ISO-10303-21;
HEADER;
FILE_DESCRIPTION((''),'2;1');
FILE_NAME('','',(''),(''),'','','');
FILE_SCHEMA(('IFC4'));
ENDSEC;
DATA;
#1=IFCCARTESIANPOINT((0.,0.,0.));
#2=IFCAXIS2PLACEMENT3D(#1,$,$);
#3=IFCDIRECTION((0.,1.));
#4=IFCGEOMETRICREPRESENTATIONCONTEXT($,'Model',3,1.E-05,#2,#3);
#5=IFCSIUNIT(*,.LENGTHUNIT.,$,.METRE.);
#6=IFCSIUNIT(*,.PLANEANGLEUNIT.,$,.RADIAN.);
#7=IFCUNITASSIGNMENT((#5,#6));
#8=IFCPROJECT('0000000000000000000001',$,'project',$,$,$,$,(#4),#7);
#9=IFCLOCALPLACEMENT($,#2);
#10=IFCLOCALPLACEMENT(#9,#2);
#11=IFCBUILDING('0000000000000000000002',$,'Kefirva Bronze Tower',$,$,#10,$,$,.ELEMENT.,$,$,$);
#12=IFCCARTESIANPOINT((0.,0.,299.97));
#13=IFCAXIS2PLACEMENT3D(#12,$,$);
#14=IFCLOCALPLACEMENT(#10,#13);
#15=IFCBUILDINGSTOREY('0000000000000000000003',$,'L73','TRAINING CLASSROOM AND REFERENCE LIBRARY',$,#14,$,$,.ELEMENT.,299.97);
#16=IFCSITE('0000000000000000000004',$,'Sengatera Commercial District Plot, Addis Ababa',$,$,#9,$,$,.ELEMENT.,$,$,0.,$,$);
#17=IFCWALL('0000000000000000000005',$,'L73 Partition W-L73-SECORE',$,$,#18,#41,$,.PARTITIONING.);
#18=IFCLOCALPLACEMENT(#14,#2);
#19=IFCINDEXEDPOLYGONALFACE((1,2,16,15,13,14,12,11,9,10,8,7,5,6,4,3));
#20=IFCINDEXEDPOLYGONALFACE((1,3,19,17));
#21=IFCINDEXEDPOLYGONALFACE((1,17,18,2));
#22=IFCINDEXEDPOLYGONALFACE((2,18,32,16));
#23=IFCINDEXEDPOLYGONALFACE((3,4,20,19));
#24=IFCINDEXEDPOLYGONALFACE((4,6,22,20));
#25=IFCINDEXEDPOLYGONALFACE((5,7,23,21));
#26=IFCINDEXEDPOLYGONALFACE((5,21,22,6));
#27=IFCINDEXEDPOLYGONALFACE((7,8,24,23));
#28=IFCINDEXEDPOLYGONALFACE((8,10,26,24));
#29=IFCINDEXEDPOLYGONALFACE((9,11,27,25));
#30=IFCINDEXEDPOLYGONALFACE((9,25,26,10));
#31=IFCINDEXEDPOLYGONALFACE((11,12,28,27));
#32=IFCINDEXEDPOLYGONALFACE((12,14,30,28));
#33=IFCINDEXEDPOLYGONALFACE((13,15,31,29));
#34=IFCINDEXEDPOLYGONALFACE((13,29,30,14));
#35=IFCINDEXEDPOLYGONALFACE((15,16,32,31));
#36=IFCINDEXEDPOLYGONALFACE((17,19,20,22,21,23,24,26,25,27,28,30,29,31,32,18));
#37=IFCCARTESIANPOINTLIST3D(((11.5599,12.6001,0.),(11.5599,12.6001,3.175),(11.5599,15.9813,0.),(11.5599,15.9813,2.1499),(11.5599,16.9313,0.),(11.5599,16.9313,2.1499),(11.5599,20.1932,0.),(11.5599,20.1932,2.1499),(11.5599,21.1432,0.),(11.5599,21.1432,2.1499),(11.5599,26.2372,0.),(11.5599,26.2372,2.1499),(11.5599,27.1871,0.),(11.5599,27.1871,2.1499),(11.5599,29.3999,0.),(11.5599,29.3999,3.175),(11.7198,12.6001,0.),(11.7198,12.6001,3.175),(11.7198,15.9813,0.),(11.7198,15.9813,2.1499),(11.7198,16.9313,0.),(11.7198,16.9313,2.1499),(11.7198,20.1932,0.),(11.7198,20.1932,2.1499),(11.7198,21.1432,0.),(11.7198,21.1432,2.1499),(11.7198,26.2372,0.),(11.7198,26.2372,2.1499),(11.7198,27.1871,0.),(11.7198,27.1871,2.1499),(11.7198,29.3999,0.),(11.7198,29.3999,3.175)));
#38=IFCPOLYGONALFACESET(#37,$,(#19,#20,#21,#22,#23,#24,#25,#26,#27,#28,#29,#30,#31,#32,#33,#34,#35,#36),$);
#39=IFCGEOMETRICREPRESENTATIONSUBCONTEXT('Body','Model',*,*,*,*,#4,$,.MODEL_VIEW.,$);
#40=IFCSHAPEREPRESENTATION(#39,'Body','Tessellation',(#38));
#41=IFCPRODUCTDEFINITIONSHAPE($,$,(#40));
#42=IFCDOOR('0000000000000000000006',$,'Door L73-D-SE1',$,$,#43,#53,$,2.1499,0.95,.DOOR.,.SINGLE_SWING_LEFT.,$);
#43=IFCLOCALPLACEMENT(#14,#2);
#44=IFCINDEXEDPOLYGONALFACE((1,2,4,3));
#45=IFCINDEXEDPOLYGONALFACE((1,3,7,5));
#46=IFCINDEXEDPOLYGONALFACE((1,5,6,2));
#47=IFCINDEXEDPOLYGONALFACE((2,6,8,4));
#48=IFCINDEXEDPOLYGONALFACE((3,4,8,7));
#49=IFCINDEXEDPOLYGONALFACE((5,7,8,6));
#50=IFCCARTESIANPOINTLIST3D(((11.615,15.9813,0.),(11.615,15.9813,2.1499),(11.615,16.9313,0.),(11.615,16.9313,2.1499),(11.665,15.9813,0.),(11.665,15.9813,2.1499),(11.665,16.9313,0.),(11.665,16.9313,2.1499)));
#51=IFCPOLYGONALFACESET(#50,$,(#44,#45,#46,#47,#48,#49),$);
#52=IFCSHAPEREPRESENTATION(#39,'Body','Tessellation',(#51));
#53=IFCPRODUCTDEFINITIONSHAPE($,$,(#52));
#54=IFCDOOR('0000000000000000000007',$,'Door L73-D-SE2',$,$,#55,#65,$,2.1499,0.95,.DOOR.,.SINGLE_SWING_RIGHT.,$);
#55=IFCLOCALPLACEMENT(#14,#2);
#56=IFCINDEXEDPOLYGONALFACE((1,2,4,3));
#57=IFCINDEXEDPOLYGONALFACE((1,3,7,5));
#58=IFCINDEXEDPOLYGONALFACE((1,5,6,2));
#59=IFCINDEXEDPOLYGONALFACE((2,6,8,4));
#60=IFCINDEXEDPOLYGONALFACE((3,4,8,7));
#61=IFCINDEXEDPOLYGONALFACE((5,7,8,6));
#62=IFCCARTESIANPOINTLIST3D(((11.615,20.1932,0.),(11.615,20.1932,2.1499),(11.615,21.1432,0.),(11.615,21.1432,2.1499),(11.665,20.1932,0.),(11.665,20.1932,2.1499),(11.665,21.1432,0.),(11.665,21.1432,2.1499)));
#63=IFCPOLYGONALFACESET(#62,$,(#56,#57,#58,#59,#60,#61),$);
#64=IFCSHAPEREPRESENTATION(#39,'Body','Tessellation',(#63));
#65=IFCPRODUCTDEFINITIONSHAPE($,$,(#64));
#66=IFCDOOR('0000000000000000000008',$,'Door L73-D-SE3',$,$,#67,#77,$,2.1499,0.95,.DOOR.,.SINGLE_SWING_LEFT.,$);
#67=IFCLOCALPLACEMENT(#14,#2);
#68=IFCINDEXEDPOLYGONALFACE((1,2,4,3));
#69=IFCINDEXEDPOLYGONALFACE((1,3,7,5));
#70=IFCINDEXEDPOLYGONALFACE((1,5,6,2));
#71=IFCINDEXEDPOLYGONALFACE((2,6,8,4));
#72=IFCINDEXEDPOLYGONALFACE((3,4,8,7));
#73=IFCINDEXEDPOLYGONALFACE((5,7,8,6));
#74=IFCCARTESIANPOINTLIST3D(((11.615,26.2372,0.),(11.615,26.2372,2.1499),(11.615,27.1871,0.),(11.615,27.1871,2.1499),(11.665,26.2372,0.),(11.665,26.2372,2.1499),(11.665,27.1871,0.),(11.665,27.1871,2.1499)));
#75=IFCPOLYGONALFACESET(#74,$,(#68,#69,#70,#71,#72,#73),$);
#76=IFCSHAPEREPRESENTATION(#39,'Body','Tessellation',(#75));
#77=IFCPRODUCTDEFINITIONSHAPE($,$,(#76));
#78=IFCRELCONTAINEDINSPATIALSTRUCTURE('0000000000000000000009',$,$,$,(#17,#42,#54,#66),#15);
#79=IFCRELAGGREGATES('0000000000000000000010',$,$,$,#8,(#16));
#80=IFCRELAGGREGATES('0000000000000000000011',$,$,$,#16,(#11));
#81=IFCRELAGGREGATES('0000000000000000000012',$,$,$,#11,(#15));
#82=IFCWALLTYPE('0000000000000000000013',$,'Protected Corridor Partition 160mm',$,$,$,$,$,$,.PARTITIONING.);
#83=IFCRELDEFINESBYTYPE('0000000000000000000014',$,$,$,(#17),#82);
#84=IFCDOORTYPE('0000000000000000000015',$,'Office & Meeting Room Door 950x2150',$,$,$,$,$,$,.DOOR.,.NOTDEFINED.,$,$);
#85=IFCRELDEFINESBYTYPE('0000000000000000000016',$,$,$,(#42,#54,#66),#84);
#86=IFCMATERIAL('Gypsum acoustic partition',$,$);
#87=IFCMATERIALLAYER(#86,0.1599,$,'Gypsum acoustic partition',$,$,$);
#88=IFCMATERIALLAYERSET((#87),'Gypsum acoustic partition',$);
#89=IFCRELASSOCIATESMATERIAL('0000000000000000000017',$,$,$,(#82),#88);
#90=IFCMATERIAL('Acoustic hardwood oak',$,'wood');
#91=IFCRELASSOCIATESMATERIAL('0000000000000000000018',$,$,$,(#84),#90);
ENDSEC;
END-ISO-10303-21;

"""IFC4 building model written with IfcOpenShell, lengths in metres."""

from ifc_helpers import new_model, si_unit, direction, frame, frame_2d, origin, place, context, subcontext, project, spatial, rectangle, extrude, material, layer, layer_set, type_object, element, fill, save


model = new_model("IFC4")

# Units and contexts
model_context = context("Model", 3, precision=1e-05, world=origin(), true_north=direction((0.0, 1.0)))
body_context = subcontext(model_context, "Body", "Model", "MODEL_VIEW")
ifc_project = project(units=[si_unit("LENGTHUNIT", "METRE"), si_unit("PLANEANGLEUNIT", "RADIAN")], contexts=[model_context])

# Site, building, storey
site_placement = place(None, origin())
site = spatial("IfcSite", under=ifc_project, at=site_placement, Name="Sengatera Commercial District Plot, Addis Ababa", CompositionType="ELEMENT", RefElevation=0.0)
building_placement = place(site_placement, origin())
building = spatial("IfcBuilding", under=site, at=building_placement, Name="Kefirva Bronze Tower", CompositionType="ELEMENT")
storey_placement = place(building_placement, frame((0.0, 0.0, 299.97)))
storey = spatial("IfcBuildingStorey", under=building, at=storey_placement, Name="L73", Description="TRAINING CLASSROOM AND REFERENCE LIBRARY", CompositionType="ELEMENT", Elevation=299.97)

# Shared definitions
ifc_material_1 = material(Name="Gypsum acoustic partition")

# Wall, openings, doors
ifc_layer_1 = layer(ifc_material_1, 0.1599, Name="Gypsum acoustic partition")
ifc_layer_set_1 = layer_set([ifc_layer_1], Name="Gypsum acoustic partition")
wall_type_1 = type_object("IfcWallType", Name="Protected Corridor Partition 160mm", PredefinedType="PARTITIONING", material=ifc_layer_set_1)
wall_placement = place(storey_placement, frame((11.6399, 12.6001, 0.0), z_axis=(0.0, 0.0, 1.0), x_axis=(0.0, 1.0, 0.0)))
wall = element("IfcWall", 1, at=wall_placement, inside=storey, type_object=wall_type_1, Name="L73 Partition W-L73-SECORE", PredefinedType="PARTITIONING", context=body_context, shape_type="SweptSolid", body=[
    extrude(rectangle(XDim=16.7998, YDim=0.1599, at=frame_2d((8.3999, 0.0))), origin(), (0.0, 0.0, 1.0), 3.175),
])
opening_1_placement = place(wall_placement, frame((3.3811, 0.0, 0.0)))
opening_1 = element("IfcOpeningElement", 2, at=opening_1_placement, cuts=wall, PredefinedType="OPENING", context=body_context, shape_type="SweptSolid", body=[
    extrude(rectangle(XDim=0.95, YDim=2.1499, at=frame_2d((0.4751, 1.075))), frame((0.0, 0.0898, 0.0), z_axis=(0.0, -1.0, 0.0), x_axis=(1.0, 0.0, 0.0)), (0.0, 0.0, 1.0), 0.1799),
])
opening_2_placement = place(wall_placement, frame((7.593, 0.0, 0.0)))
opening_2 = element("IfcOpeningElement", 3, at=opening_2_placement, cuts=wall, PredefinedType="OPENING", context=body_context, shape_type="SweptSolid", body=[
    extrude(rectangle(XDim=0.95, YDim=2.1499, at=frame_2d((0.4751, 1.075))), frame((0.0, 0.0898, 0.0), z_axis=(0.0, -1.0, 0.0), x_axis=(1.0, 0.0, 0.0)), (0.0, 0.0, 1.0), 0.1799),
])
opening_3_placement = place(wall_placement, frame((13.637, 0.0, 0.0)))
opening_3 = element("IfcOpeningElement", 4, at=opening_3_placement, cuts=wall, PredefinedType="OPENING", context=body_context, shape_type="SweptSolid", body=[
    extrude(rectangle(XDim=0.95, YDim=2.1499, at=frame_2d((0.4751, 1.075))), frame((0.0, 0.0898, 0.0), z_axis=(0.0, -1.0, 0.0), x_axis=(1.0, 0.0, 0.0)), (0.0, 0.0, 1.0), 0.1799),
])
ifc_material_2 = material(Name="Acoustic hardwood oak", Category="wood")
door_type = type_object("IfcDoorType", Name="Office & Meeting Room Door 950x2150", OperationType="NOTDEFINED", PredefinedType="DOOR", material=ifc_material_2)
door_1_placement = place(opening_1_placement, origin())
door_1 = element("IfcDoor", 5, at=door_1_placement, inside=storey, type_object=door_type, Name="Door L73-D-SE1", OperationType="SINGLE_SWING_LEFT", OverallHeight=2.1499, OverallWidth=0.95, PredefinedType="DOOR", context=body_context, shape_type="SweptSolid", body=[
    extrude(rectangle(XDim=0.95, YDim=2.1499, at=frame_2d((0.4751, 1.075))), frame((0.0, 0.0249, 0.0), z_axis=(0.0, -1.0, 0.0), x_axis=(1.0, 0.0, 0.0)), (0.0, 0.0, 1.0), 0.05),
])
fill(opening_1, door_1)
door_2_placement = place(opening_2_placement, origin())
door_2 = element("IfcDoor", 6, at=door_2_placement, inside=storey, type_object=door_type, Name="Door L73-D-SE2", OperationType="SINGLE_SWING_RIGHT", OverallHeight=2.1499, OverallWidth=0.95, PredefinedType="DOOR", context=body_context, shape_type="SweptSolid", body=[
    extrude(rectangle(XDim=0.95, YDim=2.1499, at=frame_2d((0.4751, 1.075))), frame((0.0, 0.0249, 0.0), z_axis=(0.0, -1.0, 0.0), x_axis=(1.0, 0.0, 0.0)), (0.0, 0.0, 1.0), 0.05),
])
fill(opening_2, door_2)
door_3_placement = place(opening_3_placement, origin())
door_3 = element("IfcDoor", 7, at=door_3_placement, inside=storey, type_object=door_type, Name="Door L73-D-SE3", OperationType="SINGLE_SWING_LEFT", OverallHeight=2.1499, OverallWidth=0.95, PredefinedType="DOOR", context=body_context, shape_type="SweptSolid", body=[
    extrude(rectangle(XDim=0.95, YDim=2.1499, at=frame_2d((0.4751, 1.075))), frame((0.0, 0.0249, 0.0), z_axis=(0.0, -1.0, 0.0), x_axis=(1.0, 0.0, 0.0)), (0.0, 0.0, 1.0), 0.05),
])
fill(opening_3, door_3)

save(model, "model.ifc")
